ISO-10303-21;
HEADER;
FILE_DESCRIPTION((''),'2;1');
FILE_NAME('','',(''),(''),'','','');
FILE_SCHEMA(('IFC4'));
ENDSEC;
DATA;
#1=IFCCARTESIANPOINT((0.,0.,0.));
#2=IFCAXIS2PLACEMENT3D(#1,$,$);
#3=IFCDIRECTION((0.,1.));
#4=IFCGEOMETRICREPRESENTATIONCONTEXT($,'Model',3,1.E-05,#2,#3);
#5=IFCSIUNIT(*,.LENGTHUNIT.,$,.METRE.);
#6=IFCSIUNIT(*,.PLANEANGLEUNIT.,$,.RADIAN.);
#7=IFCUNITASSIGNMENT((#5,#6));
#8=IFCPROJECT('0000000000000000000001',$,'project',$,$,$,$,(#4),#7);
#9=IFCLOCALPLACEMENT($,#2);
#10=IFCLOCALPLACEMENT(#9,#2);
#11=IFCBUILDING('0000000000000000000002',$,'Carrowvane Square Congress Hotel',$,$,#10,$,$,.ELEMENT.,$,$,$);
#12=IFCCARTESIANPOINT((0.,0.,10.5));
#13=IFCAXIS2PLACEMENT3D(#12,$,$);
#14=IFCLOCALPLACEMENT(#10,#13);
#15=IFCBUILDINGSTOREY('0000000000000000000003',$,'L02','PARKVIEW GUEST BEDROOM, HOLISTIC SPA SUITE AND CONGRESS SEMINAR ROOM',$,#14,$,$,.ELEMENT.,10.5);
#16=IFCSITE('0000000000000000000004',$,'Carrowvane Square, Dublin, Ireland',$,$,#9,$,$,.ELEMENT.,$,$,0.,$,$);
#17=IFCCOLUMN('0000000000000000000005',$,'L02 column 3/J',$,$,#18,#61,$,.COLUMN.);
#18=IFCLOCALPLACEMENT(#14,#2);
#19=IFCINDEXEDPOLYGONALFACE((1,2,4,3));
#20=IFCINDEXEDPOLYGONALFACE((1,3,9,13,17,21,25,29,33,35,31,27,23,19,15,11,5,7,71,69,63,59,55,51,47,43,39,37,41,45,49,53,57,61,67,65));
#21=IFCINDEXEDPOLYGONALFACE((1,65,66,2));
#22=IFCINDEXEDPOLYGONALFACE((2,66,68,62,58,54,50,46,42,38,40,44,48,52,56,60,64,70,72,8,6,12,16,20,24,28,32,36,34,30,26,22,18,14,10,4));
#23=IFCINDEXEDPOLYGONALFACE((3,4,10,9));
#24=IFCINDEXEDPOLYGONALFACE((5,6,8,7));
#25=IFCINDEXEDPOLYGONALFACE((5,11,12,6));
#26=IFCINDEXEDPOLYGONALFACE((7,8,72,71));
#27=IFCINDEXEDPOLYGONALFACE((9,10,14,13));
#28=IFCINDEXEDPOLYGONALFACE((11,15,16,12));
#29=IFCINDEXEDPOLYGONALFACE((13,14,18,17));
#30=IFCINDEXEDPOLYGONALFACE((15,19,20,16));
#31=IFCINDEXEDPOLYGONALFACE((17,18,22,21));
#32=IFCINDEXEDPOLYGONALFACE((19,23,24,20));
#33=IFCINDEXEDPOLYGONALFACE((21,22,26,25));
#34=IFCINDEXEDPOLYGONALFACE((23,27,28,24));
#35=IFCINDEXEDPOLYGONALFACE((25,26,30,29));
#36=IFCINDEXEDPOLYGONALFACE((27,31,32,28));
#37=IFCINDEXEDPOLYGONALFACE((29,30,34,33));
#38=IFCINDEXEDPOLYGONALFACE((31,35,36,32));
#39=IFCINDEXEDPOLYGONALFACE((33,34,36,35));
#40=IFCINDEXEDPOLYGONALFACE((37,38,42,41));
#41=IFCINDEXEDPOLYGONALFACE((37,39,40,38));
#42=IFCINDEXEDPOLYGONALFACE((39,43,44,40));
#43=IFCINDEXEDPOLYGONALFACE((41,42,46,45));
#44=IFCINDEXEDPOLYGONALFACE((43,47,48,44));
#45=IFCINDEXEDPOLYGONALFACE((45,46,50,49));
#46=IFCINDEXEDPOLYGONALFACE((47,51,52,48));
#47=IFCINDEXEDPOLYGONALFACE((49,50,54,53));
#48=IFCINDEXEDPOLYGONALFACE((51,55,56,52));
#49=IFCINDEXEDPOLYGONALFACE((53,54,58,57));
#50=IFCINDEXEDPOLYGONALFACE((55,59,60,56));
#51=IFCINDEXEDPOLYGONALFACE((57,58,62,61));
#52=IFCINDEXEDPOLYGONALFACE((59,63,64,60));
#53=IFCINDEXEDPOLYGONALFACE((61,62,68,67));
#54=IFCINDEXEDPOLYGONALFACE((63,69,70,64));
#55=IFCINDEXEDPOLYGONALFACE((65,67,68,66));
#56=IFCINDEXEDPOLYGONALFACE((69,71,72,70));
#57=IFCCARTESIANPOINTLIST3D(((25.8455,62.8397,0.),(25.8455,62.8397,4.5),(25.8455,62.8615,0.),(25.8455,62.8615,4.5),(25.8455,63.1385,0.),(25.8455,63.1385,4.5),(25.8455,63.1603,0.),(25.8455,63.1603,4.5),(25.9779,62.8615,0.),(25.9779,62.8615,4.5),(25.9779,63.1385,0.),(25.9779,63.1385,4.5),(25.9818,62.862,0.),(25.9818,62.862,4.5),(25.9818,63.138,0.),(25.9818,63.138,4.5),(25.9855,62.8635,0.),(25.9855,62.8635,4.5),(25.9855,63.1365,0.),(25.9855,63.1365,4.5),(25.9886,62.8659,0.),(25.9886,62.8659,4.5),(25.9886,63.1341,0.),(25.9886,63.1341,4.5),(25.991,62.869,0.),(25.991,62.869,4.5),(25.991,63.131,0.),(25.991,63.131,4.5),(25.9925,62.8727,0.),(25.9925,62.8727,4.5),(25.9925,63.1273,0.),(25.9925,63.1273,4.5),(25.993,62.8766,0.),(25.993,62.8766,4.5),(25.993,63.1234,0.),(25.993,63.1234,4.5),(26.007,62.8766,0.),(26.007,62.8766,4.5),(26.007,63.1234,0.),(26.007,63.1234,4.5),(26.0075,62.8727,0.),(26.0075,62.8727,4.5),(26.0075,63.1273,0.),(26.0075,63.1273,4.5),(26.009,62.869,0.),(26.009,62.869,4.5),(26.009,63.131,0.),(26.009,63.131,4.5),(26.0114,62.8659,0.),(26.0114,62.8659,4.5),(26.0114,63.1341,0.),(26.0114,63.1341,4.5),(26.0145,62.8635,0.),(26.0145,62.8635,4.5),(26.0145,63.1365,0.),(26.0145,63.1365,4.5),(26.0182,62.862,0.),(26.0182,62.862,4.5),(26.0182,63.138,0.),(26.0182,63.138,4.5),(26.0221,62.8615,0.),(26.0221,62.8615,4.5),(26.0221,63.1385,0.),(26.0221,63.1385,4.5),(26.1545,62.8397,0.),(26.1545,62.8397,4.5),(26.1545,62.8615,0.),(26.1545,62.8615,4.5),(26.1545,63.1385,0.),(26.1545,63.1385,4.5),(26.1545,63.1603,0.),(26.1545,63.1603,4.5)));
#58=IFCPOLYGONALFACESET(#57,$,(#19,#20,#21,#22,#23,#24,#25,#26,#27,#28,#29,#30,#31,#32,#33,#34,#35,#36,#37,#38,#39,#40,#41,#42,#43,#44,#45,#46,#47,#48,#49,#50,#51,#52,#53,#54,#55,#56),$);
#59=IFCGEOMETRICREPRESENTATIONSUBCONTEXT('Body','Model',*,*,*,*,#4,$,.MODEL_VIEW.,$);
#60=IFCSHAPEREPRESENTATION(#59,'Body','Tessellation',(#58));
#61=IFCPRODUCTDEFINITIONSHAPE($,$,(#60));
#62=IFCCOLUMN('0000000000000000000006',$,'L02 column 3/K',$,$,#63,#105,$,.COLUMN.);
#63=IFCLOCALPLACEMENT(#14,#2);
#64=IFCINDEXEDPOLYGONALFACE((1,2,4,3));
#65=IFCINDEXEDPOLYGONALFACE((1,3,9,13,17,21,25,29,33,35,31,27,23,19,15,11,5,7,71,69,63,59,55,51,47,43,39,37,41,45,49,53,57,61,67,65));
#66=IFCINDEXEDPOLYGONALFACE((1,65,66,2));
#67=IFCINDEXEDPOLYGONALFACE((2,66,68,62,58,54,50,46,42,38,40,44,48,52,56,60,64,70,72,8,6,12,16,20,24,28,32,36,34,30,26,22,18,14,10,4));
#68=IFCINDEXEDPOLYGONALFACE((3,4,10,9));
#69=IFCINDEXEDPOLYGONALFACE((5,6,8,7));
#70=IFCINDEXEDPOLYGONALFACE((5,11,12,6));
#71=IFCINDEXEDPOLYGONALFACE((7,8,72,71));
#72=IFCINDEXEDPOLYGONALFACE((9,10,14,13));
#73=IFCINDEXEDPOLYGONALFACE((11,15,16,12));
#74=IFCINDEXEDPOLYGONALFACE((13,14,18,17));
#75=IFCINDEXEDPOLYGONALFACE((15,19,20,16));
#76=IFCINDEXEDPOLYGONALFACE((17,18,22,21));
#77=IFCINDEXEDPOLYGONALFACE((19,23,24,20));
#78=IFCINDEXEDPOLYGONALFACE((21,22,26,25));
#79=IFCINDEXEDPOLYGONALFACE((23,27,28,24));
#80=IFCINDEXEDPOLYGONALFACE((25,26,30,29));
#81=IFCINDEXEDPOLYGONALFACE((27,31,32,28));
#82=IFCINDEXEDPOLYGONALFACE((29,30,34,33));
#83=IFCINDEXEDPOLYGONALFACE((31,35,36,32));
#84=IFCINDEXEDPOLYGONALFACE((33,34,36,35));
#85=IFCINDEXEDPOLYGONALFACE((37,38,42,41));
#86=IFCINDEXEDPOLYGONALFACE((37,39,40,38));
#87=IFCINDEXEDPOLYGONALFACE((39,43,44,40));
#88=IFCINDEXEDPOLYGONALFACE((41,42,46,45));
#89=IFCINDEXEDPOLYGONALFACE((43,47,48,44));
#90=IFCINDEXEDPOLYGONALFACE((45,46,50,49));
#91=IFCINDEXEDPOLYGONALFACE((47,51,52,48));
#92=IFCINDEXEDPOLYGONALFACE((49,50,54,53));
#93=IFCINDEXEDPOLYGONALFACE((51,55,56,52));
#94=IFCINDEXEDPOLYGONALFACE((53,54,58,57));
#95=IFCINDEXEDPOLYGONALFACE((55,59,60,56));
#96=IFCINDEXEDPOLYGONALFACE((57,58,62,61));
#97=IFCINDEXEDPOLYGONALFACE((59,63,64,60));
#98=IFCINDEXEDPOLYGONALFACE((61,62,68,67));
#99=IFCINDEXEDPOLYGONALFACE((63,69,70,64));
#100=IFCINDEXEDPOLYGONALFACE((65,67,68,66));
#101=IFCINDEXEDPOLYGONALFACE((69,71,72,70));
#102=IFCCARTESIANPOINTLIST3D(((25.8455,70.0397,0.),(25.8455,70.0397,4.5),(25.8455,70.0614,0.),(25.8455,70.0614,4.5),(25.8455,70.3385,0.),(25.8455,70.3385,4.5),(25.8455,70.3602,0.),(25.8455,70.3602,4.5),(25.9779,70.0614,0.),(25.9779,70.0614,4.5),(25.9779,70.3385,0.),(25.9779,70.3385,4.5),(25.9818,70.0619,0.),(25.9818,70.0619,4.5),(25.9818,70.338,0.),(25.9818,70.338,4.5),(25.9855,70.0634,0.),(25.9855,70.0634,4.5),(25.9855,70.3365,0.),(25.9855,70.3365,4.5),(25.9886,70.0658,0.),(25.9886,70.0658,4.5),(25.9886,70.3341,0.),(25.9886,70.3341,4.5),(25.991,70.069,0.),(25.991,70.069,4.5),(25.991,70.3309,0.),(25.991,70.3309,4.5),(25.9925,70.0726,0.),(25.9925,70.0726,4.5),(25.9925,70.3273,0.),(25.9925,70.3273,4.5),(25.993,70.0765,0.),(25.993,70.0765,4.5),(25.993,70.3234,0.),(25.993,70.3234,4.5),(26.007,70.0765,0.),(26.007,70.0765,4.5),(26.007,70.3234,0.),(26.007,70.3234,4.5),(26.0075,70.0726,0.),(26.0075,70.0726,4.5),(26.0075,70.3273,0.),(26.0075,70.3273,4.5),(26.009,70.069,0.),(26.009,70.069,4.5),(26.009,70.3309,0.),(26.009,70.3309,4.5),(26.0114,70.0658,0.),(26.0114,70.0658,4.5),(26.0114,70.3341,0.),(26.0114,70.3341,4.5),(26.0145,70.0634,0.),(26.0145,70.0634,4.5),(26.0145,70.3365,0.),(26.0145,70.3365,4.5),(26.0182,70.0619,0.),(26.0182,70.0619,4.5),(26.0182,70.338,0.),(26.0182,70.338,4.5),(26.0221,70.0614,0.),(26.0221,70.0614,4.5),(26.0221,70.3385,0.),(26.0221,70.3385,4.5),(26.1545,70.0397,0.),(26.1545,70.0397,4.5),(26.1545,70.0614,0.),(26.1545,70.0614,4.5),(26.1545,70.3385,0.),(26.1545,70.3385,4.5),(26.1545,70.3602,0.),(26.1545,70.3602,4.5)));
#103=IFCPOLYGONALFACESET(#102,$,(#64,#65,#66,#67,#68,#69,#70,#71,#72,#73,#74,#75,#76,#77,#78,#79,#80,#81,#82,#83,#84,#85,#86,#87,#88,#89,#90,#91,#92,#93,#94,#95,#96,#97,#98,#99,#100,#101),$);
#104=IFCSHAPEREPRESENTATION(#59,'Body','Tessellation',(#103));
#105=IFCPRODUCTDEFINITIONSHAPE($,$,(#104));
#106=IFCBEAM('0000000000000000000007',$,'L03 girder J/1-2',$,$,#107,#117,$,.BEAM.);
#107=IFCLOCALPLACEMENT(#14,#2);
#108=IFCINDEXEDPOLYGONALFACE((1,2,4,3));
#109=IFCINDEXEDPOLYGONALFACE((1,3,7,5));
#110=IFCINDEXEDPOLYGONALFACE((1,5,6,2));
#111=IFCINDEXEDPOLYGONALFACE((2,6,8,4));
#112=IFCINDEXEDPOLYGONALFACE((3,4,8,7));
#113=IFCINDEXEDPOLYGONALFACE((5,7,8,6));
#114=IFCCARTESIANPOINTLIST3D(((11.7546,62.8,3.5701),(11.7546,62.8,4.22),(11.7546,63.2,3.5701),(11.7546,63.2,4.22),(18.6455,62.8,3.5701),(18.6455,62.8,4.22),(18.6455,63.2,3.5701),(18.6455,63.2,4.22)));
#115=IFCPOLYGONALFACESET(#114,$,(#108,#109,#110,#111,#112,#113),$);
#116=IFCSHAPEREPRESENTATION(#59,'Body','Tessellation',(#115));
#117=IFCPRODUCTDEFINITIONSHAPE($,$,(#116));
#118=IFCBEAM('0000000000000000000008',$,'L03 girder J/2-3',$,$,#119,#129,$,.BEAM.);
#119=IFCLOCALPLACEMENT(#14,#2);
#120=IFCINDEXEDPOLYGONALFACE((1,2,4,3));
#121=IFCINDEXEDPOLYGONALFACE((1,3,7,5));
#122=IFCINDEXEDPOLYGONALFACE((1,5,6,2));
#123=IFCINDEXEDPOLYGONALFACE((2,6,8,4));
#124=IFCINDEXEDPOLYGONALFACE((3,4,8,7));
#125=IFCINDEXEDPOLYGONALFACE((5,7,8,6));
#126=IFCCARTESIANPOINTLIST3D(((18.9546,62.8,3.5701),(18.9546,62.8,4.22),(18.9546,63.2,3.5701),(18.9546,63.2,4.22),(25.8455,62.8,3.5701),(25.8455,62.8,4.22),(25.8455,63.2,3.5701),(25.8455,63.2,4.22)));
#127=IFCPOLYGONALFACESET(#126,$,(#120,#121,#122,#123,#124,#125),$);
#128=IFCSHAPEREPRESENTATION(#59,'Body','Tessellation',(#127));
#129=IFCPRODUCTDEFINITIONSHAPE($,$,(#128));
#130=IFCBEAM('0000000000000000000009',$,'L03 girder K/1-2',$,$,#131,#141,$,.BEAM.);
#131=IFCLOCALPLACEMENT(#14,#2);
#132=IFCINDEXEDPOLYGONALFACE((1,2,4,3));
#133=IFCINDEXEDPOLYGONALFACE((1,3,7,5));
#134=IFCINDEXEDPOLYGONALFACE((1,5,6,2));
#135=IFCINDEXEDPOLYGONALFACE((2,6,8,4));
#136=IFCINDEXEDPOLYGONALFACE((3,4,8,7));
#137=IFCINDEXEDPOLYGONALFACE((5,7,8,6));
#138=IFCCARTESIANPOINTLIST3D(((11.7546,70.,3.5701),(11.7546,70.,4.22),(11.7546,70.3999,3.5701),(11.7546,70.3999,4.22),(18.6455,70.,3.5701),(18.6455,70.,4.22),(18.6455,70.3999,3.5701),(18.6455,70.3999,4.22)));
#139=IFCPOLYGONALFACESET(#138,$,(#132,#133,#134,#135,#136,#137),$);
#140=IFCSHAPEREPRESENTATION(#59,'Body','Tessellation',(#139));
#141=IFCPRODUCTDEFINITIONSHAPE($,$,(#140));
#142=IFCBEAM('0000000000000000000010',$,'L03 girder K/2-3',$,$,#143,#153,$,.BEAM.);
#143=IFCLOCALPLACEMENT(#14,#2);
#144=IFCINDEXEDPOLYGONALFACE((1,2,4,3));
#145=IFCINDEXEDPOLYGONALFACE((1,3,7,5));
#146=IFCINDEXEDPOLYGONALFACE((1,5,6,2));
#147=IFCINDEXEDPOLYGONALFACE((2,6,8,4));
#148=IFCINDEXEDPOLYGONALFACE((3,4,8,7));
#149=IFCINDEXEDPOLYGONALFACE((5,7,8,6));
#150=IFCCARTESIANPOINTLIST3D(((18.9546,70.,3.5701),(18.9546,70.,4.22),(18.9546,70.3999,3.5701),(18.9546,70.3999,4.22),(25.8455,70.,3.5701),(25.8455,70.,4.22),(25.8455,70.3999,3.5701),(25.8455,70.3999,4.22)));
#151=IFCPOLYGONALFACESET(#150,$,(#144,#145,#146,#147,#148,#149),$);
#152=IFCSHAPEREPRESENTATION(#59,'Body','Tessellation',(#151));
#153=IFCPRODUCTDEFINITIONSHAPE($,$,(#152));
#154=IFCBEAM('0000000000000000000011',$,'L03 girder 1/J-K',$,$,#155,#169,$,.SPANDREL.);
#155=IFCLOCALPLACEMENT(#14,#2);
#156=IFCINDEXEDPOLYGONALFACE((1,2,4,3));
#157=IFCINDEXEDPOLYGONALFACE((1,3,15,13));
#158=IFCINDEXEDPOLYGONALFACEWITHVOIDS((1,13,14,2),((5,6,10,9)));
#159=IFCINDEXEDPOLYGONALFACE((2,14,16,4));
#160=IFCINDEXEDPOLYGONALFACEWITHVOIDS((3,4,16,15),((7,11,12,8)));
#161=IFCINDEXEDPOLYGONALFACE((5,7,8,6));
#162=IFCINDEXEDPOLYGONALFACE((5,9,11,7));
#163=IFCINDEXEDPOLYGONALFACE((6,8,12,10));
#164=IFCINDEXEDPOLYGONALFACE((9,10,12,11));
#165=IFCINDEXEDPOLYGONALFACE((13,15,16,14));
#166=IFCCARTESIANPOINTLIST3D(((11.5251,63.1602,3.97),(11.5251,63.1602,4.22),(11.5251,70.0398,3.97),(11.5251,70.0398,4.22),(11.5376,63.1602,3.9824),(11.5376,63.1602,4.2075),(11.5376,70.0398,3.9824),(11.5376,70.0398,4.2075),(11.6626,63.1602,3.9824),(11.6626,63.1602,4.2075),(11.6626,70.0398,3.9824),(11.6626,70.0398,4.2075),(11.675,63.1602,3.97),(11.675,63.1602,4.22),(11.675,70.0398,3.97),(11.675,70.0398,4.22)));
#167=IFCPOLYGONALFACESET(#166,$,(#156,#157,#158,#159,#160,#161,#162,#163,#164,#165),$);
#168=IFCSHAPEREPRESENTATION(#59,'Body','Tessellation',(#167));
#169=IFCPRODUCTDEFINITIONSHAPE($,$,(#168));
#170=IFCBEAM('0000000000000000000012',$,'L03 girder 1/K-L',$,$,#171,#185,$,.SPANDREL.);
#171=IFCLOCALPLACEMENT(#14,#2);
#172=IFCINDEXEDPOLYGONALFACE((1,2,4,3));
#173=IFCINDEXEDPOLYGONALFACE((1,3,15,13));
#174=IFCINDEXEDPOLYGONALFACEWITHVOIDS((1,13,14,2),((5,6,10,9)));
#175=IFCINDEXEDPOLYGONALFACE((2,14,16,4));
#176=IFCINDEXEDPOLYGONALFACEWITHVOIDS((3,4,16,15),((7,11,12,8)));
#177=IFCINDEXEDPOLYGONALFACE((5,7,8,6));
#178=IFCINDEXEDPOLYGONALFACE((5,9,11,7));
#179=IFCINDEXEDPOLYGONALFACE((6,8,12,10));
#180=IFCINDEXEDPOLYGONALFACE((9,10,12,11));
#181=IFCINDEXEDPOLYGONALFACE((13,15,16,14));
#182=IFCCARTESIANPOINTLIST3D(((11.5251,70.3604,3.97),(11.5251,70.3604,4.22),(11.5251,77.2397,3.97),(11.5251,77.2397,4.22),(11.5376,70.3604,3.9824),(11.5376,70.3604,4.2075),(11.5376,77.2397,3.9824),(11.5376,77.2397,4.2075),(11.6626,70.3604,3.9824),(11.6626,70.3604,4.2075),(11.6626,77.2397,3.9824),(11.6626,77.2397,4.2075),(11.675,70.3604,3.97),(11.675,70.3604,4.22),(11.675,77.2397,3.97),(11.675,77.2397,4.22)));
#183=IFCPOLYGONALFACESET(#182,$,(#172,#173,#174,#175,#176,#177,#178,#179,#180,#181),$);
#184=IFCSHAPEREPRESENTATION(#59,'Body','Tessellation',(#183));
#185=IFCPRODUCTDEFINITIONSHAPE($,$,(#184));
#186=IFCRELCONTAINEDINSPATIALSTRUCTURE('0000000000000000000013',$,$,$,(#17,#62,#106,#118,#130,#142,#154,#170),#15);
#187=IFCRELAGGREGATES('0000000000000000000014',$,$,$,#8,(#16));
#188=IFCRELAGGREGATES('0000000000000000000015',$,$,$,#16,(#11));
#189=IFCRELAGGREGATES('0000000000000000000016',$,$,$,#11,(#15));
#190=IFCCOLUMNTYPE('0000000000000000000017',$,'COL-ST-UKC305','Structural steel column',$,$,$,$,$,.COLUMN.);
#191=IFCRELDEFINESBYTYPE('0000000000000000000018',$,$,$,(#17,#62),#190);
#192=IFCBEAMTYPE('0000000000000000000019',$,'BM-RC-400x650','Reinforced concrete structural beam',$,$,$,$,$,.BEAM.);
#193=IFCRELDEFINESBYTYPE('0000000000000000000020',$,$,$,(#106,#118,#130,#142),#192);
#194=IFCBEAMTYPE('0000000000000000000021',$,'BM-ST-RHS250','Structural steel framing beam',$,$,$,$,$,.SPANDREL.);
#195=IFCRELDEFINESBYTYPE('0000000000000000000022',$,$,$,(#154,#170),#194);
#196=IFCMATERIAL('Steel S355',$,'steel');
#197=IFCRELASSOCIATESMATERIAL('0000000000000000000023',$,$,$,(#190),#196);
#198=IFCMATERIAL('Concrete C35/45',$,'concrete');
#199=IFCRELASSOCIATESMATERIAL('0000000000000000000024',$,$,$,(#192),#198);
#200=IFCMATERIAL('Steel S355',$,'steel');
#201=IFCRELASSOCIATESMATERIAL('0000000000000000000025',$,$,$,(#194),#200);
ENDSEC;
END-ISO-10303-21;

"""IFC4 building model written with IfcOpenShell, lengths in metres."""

from ifc_helpers import new_model, si_unit, direction, frame, origin, origin_2d, place, context, subcontext, project, spatial, rectangle, hollow_rectangle, i_section, extrude, material, material_profile, profile_set, type_object, element, save


model = new_model("IFC4")

# Units and contexts
model_context = context("Model", 3, precision=1e-05, world=origin(), true_north=direction((0.0, 1.0)))
body_context = subcontext(model_context, "Body", "Model", "MODEL_VIEW")
ifc_project = project(units=[si_unit("LENGTHUNIT", "METRE"), si_unit("PLANEANGLEUNIT", "RADIAN")], contexts=[model_context])

# Site, building, storey
site_placement = place(None, origin())
site = spatial("IfcSite", under=ifc_project, at=site_placement, Name="Carrowvane Square, Dublin, Ireland", CompositionType="ELEMENT", RefElevation=0.0)
building_placement = place(site_placement, origin())
building = spatial("IfcBuilding", under=site, at=building_placement, Name="Carrowvane Square Congress Hotel", CompositionType="ELEMENT")
storey_placement = place(building_placement, frame((0.0, 0.0, 10.5)))
storey = spatial("IfcBuildingStorey", under=building, at=storey_placement, Name="L02", Description="PARKVIEW GUEST BEDROOM, HOLISTIC SPA SUITE AND CONGRESS SEMINAR ROOM", CompositionType="ELEMENT", Elevation=10.5)

# Columns
ifc_material_1 = material(Name="Steel S355", Category="steel")
ifc_material_profile_1 = material_profile(ifc_material_1, i_section(OverallWidth=0.3091, OverallDepth=0.3206, WebThickness=0.0139, FlangeThickness=0.0217, FilletRadius=0.0151, at=origin_2d()), Name="UKC 305x305x137")
ifc_profile_set_1 = profile_set([ifc_material_profile_1], Name="Steel S355")
column_type = type_object("IfcColumnType", Name="COL-ST-UKC305", Description="Structural steel column", PredefinedType="COLUMN", material=ifc_profile_set_1)
for number, where, z_axis, x_axis, name in (
    (1, (26.0, 63.0, 0.0), (0.0, 0.0, 1.0), (1.0, 0.0, 0.0), "L02 column 3/J"),
    (2, (26.0, 70.2, 0.0), (0.0, 0.0, 1.0), (1.0, 0.0, 0.0), "L02 column 3/K"),
):
    element("IfcColumn", number, at=place(storey_placement, frame(where, z_axis=z_axis, x_axis=x_axis)), inside=storey, type_object=column_type, Name=name, PredefinedType="COLUMN", context=body_context, shape_type="SweptSolid", body=[
        extrude(i_section(OverallWidth=0.3091, OverallDepth=0.3206, WebThickness=0.0139, FlangeThickness=0.0217, FilletRadius=0.0151, at=origin_2d()), origin(), (0.0, 0.0, 1.0), 4.5),
    ])

# Beams
ifc_material_2 = material(Name="Concrete C35/45", Category="concrete")
ifc_material_profile_2 = material_profile(ifc_material_2, rectangle(XDim=0.3999, YDim=0.6499, at=origin_2d()), Name="RC 400x650")
ifc_profile_set_2 = profile_set([ifc_material_profile_2], Name="Concrete C35/45")
beam_type_1 = type_object("IfcBeamType", Name="BM-RC-400x650", Description="Reinforced concrete structural beam", PredefinedType="BEAM", material=ifc_profile_set_2)
for number, where, z_axis, x_axis, name in (
    (3, (11.7546, 63.0, 3.895), (1.0, 0.0, 0.0), (0.0, 1.0, 0.0), "L03 girder J/1-2"),
    (4, (18.9546, 63.0, 3.895), (1.0, 0.0, 0.0), (0.0, 1.0, 0.0), "L03 girder J/2-3"),
    (5, (11.7546, 70.2, 3.895), (1.0, 0.0, 0.0), (0.0, 1.0, 0.0), "L03 girder K/1-2"),
    (6, (18.9546, 70.2, 3.895), (1.0, 0.0, 0.0), (0.0, 1.0, 0.0), "L03 girder K/2-3"),
):
    element("IfcBeam", number, at=place(storey_placement, frame(where, z_axis=z_axis, x_axis=x_axis)), inside=storey, type_object=beam_type_1, Name=name, PredefinedType="BEAM", context=body_context, shape_type="SweptSolid", body=[
        extrude(rectangle(XDim=0.3999, YDim=0.6499, at=origin_2d()), origin(), (0.0, 0.0, 1.0), 6.8909),
    ])
ifc_material_3 = material(Name="Steel S355", Category="steel")
ifc_material_profile_3 = material_profile(ifc_material_3, hollow_rectangle(XDim=0.1499, YDim=0.25, WallThickness=0.0125, at=origin_2d()), Name="RHS 250x150x12.5")
ifc_profile_set_3 = profile_set([ifc_material_profile_3], Name="Steel S355")
beam_type_2 = type_object("IfcBeamType", Name="BM-ST-RHS250", Description="Structural steel framing beam", PredefinedType="SPANDREL", material=ifc_profile_set_3)
beam_1_placement = place(storey_placement, frame((11.6001, 63.1602, 4.095), z_axis=(0.0, 1.0, 0.0), x_axis=(-1.0, 0.0, 0.0)))
element("IfcBeam", 7, at=beam_1_placement, inside=storey, type_object=beam_type_2, Name="L03 girder 1/J-K", PredefinedType="SPANDREL", context=body_context, shape_type="SweptSolid", body=[
    extrude(hollow_rectangle(XDim=0.1499, YDim=0.25, WallThickness=0.0125, at=origin_2d()), origin(), (0.0, 0.0, 1.0), 6.8796),
])
beam_2_placement = place(storey_placement, frame((11.6001, 70.3604, 4.095), z_axis=(0.0, 1.0, 0.0), x_axis=(-1.0, 0.0, 0.0)))
element("IfcBeam", 8, at=beam_2_placement, inside=storey, type_object=beam_type_2, Name="L03 girder 1/K-L", PredefinedType="SPANDREL", context=body_context, shape_type="SweptSolid", body=[
    extrude(hollow_rectangle(XDim=0.1499, YDim=0.25, WallThickness=0.0125, at=origin_2d()), origin(), (0.0, 0.0, 1.0), 6.8794),
])

save(model, "model.ifc")
